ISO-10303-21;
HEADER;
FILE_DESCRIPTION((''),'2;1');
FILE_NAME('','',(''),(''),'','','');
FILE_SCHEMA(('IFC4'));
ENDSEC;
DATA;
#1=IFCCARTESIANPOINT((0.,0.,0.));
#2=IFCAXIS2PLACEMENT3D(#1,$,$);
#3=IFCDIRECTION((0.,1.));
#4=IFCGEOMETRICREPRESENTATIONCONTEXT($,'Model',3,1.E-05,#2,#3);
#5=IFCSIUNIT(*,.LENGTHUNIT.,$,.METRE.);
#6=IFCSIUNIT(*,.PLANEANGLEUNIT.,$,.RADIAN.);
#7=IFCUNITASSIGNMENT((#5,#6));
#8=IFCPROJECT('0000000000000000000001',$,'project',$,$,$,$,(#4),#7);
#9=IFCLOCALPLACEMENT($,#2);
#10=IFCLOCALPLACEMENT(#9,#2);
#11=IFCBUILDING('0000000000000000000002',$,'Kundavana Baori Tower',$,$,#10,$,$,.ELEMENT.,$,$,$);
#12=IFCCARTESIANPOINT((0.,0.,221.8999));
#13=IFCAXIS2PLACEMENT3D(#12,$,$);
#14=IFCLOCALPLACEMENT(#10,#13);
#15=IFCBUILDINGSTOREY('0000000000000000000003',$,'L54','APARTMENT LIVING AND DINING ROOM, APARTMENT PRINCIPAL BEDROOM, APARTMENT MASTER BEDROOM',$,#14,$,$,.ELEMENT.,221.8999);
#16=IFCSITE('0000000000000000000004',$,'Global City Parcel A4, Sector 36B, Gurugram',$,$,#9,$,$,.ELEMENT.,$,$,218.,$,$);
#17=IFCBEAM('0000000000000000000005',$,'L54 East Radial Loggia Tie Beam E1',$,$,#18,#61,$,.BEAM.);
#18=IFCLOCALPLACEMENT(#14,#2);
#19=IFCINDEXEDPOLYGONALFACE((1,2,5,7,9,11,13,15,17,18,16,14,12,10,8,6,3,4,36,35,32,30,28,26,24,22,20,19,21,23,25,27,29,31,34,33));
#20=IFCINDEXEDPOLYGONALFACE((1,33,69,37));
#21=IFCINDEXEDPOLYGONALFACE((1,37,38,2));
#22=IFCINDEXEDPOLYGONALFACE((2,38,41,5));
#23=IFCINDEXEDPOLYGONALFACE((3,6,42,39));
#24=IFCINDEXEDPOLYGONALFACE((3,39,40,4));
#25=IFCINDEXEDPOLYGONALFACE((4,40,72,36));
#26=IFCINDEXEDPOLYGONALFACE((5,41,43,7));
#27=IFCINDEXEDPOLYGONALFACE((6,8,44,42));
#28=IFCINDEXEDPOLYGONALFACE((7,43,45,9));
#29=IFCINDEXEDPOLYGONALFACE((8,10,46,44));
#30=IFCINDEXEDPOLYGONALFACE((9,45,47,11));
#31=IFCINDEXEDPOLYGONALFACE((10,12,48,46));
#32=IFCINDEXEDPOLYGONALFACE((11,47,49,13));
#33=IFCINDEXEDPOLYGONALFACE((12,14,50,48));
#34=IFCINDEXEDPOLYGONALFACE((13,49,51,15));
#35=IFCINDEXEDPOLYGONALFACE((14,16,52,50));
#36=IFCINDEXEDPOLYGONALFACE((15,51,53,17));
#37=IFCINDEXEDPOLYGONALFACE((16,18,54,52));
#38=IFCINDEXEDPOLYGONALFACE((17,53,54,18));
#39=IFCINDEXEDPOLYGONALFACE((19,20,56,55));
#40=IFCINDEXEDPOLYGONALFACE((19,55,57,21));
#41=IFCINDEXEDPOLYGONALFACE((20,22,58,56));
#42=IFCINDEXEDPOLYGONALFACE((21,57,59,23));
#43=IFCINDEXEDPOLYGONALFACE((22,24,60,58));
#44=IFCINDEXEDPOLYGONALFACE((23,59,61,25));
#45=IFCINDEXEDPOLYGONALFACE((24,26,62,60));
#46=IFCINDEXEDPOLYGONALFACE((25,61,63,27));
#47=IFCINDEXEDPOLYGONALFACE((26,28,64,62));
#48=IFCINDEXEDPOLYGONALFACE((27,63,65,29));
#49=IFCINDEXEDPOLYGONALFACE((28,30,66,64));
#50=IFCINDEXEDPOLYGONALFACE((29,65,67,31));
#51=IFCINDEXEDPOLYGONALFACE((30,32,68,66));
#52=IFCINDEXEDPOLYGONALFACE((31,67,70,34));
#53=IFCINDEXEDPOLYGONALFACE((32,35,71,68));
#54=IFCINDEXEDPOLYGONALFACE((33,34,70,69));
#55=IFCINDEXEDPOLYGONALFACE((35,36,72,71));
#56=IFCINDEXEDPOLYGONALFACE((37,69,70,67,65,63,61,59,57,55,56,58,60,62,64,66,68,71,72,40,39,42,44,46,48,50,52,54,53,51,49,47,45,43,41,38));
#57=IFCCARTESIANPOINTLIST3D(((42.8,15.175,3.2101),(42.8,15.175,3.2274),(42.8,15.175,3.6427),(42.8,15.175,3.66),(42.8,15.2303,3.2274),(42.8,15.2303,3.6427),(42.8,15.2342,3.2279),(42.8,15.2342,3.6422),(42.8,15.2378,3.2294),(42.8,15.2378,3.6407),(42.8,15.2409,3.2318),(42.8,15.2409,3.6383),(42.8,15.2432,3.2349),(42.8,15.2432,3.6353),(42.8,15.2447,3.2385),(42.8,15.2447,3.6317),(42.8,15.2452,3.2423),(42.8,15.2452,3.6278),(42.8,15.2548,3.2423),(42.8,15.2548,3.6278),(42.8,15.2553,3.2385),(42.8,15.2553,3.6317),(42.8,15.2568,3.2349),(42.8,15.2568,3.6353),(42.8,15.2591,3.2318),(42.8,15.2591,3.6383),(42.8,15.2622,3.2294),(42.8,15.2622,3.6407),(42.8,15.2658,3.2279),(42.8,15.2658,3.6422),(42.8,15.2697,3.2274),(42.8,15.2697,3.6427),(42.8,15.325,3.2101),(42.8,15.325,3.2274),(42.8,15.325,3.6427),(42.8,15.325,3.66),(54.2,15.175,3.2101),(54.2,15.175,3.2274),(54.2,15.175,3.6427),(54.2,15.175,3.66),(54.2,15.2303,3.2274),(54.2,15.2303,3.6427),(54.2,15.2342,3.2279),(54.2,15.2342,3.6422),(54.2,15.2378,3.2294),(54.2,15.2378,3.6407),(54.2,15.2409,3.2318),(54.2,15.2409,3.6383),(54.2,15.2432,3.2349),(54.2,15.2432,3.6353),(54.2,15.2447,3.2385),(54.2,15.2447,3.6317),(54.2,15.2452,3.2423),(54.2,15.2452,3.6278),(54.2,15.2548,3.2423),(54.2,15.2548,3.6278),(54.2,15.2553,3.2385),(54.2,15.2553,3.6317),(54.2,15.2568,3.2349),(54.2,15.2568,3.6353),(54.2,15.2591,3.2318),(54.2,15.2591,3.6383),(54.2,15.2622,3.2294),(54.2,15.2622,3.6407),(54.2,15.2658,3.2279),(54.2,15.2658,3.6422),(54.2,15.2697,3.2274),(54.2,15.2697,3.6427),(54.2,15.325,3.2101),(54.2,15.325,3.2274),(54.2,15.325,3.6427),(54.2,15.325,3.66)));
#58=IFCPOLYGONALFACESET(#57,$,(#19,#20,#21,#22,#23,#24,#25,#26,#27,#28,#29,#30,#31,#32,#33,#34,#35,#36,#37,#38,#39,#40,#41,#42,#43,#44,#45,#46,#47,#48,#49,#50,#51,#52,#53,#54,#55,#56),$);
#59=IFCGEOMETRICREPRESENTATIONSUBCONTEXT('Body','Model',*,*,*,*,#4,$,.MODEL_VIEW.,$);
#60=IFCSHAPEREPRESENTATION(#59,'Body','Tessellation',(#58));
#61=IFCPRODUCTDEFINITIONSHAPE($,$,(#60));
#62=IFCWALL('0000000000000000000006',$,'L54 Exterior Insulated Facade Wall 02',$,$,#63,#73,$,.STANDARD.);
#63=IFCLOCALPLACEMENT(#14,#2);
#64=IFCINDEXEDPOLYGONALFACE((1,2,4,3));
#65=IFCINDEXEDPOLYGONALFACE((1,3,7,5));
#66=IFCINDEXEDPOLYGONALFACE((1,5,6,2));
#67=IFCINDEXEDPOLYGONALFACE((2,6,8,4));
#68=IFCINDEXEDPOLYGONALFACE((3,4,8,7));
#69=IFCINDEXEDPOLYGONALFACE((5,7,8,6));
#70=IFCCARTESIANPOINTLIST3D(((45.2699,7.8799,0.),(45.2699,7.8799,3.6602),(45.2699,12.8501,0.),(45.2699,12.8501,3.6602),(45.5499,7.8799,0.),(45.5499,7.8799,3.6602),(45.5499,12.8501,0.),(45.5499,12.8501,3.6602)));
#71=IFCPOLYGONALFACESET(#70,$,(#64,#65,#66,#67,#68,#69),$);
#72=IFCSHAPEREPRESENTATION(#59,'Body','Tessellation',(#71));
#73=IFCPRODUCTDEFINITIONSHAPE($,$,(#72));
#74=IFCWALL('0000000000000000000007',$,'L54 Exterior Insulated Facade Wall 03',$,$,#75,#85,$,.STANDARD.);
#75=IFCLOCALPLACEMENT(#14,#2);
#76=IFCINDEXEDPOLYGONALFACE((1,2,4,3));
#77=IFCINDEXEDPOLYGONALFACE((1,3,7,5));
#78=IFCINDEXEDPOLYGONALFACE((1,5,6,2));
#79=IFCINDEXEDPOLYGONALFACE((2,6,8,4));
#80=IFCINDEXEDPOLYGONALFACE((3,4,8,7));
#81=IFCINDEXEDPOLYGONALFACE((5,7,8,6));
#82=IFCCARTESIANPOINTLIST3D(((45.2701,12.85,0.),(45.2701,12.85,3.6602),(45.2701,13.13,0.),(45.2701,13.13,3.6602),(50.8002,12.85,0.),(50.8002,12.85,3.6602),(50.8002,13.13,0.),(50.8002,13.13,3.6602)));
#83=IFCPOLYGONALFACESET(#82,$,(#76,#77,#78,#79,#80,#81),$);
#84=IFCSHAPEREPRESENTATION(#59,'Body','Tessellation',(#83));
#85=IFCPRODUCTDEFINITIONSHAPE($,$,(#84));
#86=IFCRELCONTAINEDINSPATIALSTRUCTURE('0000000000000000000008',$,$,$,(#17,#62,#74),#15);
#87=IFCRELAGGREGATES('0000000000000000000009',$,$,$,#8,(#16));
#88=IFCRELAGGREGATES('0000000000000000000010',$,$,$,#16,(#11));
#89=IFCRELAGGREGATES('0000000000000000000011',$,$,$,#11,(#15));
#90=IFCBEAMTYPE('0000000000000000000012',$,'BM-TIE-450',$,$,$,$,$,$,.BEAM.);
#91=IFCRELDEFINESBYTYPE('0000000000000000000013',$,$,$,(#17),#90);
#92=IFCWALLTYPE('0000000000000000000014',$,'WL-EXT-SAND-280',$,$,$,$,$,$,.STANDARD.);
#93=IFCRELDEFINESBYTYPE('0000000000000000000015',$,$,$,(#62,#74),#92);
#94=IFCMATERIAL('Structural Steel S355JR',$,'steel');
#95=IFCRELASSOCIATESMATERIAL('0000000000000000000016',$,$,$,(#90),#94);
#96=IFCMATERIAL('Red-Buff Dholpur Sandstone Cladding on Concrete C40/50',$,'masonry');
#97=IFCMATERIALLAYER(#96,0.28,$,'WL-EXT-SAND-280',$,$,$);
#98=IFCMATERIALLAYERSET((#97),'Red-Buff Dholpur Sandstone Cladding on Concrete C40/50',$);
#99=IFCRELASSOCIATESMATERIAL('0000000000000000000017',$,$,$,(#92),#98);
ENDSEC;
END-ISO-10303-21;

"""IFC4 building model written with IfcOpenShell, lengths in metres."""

from ifc_helpers import new_model, si_unit, direction, frame, frame_2d, origin, origin_2d, place, context, subcontext, project, spatial, rectangle, i_section, extrude, material, layer, layer_set, material_profile, profile_set, type_object, element, save


model = new_model("IFC4")

# Units and contexts
model_context = context("Model", 3, precision=1e-05, world=origin(), true_north=direction((0.0, 1.0)))
body_context = subcontext(model_context, "Body", "Model", "MODEL_VIEW")
ifc_project = project(units=[si_unit("LENGTHUNIT", "METRE"), si_unit("PLANEANGLEUNIT", "RADIAN")], contexts=[model_context])

# Site, building, storey
site_placement = place(None, origin())
site = spatial("IfcSite", under=ifc_project, at=site_placement, Name="Global City Parcel A4, Sector 36B, Gurugram", CompositionType="ELEMENT", RefElevation=218.0)
building_placement = place(site_placement, origin())
building = spatial("IfcBuilding", under=site, at=building_placement, Name="Kundavana Baori Tower", CompositionType="ELEMENT")
storey_placement = place(building_placement, frame((0.0, 0.0, 221.8999)))
storey = spatial("IfcBuildingStorey", under=building, at=storey_placement, Name="L54", Description="APARTMENT LIVING AND DINING ROOM, APARTMENT PRINCIPAL BEDROOM, APARTMENT MASTER BEDROOM", CompositionType="ELEMENT", Elevation=221.8999)

# Beam
ifc_material_1 = material(Name="Structural Steel S355JR", Category="steel")
ifc_material_profile_1 = material_profile(ifc_material_1, i_section(OverallWidth=0.1499, OverallDepth=0.45, WebThickness=0.0095, FlangeThickness=0.0173, FilletRadius=0.0149, at=origin_2d()), Name="ISMB 450")
ifc_profile_set_1 = profile_set([ifc_material_profile_1], Name="Structural Steel S355JR")
beam_type_1 = type_object("IfcBeamType", Name="BM-TIE-450", PredefinedType="BEAM", material=ifc_profile_set_1)
beam_1_placement = place(storey_placement, frame((42.8, 15.25, 3.4351), z_axis=(1.0, 0.0, 0.0), x_axis=(0.0, 1.0, 0.0)))
element("IfcBeam", 1, at=beam_1_placement, inside=storey, type_object=beam_type_1, Name="L54 East Radial Loggia Tie Beam E1", PredefinedType="BEAM", context=body_context, shape_type="SweptSolid", body=[
    extrude(i_section(OverallWidth=0.1499, OverallDepth=0.45, WebThickness=0.0095, FlangeThickness=0.0173, FilletRadius=0.0149, at=origin_2d()), origin(), (0.0, 0.0, 1.0), 11.3999),
])

# Walls
ifc_material_2 = material(Name="Red-Buff Dholpur Sandstone Cladding on Concrete C40/50", Category="masonry")
ifc_layer_1 = layer(ifc_material_2, 0.28, Name="WL-EXT-SAND-280")
ifc_layer_set_1 = layer_set([ifc_layer_1], Name="Red-Buff Dholpur Sandstone Cladding on Concrete C40/50")
wall_type_1 = type_object("IfcWallType", Name="WL-EXT-SAND-280", PredefinedType="STANDARD", material=ifc_layer_set_1)
wall_1_placement = place(storey_placement, frame((45.4099, 7.8799, 0.0), z_axis=(0.0, 0.0, 1.0), x_axis=(0.0, 1.0, 0.0)))
element("IfcWall", 2, at=wall_1_placement, inside=storey, type_object=wall_type_1, Name="L54 Exterior Insulated Facade Wall 02", PredefinedType="STANDARD", context=body_context, shape_type="SweptSolid", body=[
    extrude(rectangle(XDim=4.9702, YDim=0.28, at=frame_2d((2.4851, 0.0))), origin(), (0.0, 0.0, 1.0), 3.6602),
])
wall_2_placement = place(storey_placement, frame((45.27, 12.99, 0.0), z_axis=(0.0, 0.0, 1.0), x_axis=(1.0, 0.0, 0.0)))
element("IfcWall", 3, at=wall_2_placement, inside=storey, type_object=wall_type_1, Name="L54 Exterior Insulated Facade Wall 03", PredefinedType="STANDARD", context=body_context, shape_type="SweptSolid", body=[
    extrude(rectangle(XDim=5.53, YDim=0.28, at=frame_2d((2.7651, 0.0))), origin(), (0.0, 0.0, 1.0), 3.6602),
])

save(model, "model.ifc")
